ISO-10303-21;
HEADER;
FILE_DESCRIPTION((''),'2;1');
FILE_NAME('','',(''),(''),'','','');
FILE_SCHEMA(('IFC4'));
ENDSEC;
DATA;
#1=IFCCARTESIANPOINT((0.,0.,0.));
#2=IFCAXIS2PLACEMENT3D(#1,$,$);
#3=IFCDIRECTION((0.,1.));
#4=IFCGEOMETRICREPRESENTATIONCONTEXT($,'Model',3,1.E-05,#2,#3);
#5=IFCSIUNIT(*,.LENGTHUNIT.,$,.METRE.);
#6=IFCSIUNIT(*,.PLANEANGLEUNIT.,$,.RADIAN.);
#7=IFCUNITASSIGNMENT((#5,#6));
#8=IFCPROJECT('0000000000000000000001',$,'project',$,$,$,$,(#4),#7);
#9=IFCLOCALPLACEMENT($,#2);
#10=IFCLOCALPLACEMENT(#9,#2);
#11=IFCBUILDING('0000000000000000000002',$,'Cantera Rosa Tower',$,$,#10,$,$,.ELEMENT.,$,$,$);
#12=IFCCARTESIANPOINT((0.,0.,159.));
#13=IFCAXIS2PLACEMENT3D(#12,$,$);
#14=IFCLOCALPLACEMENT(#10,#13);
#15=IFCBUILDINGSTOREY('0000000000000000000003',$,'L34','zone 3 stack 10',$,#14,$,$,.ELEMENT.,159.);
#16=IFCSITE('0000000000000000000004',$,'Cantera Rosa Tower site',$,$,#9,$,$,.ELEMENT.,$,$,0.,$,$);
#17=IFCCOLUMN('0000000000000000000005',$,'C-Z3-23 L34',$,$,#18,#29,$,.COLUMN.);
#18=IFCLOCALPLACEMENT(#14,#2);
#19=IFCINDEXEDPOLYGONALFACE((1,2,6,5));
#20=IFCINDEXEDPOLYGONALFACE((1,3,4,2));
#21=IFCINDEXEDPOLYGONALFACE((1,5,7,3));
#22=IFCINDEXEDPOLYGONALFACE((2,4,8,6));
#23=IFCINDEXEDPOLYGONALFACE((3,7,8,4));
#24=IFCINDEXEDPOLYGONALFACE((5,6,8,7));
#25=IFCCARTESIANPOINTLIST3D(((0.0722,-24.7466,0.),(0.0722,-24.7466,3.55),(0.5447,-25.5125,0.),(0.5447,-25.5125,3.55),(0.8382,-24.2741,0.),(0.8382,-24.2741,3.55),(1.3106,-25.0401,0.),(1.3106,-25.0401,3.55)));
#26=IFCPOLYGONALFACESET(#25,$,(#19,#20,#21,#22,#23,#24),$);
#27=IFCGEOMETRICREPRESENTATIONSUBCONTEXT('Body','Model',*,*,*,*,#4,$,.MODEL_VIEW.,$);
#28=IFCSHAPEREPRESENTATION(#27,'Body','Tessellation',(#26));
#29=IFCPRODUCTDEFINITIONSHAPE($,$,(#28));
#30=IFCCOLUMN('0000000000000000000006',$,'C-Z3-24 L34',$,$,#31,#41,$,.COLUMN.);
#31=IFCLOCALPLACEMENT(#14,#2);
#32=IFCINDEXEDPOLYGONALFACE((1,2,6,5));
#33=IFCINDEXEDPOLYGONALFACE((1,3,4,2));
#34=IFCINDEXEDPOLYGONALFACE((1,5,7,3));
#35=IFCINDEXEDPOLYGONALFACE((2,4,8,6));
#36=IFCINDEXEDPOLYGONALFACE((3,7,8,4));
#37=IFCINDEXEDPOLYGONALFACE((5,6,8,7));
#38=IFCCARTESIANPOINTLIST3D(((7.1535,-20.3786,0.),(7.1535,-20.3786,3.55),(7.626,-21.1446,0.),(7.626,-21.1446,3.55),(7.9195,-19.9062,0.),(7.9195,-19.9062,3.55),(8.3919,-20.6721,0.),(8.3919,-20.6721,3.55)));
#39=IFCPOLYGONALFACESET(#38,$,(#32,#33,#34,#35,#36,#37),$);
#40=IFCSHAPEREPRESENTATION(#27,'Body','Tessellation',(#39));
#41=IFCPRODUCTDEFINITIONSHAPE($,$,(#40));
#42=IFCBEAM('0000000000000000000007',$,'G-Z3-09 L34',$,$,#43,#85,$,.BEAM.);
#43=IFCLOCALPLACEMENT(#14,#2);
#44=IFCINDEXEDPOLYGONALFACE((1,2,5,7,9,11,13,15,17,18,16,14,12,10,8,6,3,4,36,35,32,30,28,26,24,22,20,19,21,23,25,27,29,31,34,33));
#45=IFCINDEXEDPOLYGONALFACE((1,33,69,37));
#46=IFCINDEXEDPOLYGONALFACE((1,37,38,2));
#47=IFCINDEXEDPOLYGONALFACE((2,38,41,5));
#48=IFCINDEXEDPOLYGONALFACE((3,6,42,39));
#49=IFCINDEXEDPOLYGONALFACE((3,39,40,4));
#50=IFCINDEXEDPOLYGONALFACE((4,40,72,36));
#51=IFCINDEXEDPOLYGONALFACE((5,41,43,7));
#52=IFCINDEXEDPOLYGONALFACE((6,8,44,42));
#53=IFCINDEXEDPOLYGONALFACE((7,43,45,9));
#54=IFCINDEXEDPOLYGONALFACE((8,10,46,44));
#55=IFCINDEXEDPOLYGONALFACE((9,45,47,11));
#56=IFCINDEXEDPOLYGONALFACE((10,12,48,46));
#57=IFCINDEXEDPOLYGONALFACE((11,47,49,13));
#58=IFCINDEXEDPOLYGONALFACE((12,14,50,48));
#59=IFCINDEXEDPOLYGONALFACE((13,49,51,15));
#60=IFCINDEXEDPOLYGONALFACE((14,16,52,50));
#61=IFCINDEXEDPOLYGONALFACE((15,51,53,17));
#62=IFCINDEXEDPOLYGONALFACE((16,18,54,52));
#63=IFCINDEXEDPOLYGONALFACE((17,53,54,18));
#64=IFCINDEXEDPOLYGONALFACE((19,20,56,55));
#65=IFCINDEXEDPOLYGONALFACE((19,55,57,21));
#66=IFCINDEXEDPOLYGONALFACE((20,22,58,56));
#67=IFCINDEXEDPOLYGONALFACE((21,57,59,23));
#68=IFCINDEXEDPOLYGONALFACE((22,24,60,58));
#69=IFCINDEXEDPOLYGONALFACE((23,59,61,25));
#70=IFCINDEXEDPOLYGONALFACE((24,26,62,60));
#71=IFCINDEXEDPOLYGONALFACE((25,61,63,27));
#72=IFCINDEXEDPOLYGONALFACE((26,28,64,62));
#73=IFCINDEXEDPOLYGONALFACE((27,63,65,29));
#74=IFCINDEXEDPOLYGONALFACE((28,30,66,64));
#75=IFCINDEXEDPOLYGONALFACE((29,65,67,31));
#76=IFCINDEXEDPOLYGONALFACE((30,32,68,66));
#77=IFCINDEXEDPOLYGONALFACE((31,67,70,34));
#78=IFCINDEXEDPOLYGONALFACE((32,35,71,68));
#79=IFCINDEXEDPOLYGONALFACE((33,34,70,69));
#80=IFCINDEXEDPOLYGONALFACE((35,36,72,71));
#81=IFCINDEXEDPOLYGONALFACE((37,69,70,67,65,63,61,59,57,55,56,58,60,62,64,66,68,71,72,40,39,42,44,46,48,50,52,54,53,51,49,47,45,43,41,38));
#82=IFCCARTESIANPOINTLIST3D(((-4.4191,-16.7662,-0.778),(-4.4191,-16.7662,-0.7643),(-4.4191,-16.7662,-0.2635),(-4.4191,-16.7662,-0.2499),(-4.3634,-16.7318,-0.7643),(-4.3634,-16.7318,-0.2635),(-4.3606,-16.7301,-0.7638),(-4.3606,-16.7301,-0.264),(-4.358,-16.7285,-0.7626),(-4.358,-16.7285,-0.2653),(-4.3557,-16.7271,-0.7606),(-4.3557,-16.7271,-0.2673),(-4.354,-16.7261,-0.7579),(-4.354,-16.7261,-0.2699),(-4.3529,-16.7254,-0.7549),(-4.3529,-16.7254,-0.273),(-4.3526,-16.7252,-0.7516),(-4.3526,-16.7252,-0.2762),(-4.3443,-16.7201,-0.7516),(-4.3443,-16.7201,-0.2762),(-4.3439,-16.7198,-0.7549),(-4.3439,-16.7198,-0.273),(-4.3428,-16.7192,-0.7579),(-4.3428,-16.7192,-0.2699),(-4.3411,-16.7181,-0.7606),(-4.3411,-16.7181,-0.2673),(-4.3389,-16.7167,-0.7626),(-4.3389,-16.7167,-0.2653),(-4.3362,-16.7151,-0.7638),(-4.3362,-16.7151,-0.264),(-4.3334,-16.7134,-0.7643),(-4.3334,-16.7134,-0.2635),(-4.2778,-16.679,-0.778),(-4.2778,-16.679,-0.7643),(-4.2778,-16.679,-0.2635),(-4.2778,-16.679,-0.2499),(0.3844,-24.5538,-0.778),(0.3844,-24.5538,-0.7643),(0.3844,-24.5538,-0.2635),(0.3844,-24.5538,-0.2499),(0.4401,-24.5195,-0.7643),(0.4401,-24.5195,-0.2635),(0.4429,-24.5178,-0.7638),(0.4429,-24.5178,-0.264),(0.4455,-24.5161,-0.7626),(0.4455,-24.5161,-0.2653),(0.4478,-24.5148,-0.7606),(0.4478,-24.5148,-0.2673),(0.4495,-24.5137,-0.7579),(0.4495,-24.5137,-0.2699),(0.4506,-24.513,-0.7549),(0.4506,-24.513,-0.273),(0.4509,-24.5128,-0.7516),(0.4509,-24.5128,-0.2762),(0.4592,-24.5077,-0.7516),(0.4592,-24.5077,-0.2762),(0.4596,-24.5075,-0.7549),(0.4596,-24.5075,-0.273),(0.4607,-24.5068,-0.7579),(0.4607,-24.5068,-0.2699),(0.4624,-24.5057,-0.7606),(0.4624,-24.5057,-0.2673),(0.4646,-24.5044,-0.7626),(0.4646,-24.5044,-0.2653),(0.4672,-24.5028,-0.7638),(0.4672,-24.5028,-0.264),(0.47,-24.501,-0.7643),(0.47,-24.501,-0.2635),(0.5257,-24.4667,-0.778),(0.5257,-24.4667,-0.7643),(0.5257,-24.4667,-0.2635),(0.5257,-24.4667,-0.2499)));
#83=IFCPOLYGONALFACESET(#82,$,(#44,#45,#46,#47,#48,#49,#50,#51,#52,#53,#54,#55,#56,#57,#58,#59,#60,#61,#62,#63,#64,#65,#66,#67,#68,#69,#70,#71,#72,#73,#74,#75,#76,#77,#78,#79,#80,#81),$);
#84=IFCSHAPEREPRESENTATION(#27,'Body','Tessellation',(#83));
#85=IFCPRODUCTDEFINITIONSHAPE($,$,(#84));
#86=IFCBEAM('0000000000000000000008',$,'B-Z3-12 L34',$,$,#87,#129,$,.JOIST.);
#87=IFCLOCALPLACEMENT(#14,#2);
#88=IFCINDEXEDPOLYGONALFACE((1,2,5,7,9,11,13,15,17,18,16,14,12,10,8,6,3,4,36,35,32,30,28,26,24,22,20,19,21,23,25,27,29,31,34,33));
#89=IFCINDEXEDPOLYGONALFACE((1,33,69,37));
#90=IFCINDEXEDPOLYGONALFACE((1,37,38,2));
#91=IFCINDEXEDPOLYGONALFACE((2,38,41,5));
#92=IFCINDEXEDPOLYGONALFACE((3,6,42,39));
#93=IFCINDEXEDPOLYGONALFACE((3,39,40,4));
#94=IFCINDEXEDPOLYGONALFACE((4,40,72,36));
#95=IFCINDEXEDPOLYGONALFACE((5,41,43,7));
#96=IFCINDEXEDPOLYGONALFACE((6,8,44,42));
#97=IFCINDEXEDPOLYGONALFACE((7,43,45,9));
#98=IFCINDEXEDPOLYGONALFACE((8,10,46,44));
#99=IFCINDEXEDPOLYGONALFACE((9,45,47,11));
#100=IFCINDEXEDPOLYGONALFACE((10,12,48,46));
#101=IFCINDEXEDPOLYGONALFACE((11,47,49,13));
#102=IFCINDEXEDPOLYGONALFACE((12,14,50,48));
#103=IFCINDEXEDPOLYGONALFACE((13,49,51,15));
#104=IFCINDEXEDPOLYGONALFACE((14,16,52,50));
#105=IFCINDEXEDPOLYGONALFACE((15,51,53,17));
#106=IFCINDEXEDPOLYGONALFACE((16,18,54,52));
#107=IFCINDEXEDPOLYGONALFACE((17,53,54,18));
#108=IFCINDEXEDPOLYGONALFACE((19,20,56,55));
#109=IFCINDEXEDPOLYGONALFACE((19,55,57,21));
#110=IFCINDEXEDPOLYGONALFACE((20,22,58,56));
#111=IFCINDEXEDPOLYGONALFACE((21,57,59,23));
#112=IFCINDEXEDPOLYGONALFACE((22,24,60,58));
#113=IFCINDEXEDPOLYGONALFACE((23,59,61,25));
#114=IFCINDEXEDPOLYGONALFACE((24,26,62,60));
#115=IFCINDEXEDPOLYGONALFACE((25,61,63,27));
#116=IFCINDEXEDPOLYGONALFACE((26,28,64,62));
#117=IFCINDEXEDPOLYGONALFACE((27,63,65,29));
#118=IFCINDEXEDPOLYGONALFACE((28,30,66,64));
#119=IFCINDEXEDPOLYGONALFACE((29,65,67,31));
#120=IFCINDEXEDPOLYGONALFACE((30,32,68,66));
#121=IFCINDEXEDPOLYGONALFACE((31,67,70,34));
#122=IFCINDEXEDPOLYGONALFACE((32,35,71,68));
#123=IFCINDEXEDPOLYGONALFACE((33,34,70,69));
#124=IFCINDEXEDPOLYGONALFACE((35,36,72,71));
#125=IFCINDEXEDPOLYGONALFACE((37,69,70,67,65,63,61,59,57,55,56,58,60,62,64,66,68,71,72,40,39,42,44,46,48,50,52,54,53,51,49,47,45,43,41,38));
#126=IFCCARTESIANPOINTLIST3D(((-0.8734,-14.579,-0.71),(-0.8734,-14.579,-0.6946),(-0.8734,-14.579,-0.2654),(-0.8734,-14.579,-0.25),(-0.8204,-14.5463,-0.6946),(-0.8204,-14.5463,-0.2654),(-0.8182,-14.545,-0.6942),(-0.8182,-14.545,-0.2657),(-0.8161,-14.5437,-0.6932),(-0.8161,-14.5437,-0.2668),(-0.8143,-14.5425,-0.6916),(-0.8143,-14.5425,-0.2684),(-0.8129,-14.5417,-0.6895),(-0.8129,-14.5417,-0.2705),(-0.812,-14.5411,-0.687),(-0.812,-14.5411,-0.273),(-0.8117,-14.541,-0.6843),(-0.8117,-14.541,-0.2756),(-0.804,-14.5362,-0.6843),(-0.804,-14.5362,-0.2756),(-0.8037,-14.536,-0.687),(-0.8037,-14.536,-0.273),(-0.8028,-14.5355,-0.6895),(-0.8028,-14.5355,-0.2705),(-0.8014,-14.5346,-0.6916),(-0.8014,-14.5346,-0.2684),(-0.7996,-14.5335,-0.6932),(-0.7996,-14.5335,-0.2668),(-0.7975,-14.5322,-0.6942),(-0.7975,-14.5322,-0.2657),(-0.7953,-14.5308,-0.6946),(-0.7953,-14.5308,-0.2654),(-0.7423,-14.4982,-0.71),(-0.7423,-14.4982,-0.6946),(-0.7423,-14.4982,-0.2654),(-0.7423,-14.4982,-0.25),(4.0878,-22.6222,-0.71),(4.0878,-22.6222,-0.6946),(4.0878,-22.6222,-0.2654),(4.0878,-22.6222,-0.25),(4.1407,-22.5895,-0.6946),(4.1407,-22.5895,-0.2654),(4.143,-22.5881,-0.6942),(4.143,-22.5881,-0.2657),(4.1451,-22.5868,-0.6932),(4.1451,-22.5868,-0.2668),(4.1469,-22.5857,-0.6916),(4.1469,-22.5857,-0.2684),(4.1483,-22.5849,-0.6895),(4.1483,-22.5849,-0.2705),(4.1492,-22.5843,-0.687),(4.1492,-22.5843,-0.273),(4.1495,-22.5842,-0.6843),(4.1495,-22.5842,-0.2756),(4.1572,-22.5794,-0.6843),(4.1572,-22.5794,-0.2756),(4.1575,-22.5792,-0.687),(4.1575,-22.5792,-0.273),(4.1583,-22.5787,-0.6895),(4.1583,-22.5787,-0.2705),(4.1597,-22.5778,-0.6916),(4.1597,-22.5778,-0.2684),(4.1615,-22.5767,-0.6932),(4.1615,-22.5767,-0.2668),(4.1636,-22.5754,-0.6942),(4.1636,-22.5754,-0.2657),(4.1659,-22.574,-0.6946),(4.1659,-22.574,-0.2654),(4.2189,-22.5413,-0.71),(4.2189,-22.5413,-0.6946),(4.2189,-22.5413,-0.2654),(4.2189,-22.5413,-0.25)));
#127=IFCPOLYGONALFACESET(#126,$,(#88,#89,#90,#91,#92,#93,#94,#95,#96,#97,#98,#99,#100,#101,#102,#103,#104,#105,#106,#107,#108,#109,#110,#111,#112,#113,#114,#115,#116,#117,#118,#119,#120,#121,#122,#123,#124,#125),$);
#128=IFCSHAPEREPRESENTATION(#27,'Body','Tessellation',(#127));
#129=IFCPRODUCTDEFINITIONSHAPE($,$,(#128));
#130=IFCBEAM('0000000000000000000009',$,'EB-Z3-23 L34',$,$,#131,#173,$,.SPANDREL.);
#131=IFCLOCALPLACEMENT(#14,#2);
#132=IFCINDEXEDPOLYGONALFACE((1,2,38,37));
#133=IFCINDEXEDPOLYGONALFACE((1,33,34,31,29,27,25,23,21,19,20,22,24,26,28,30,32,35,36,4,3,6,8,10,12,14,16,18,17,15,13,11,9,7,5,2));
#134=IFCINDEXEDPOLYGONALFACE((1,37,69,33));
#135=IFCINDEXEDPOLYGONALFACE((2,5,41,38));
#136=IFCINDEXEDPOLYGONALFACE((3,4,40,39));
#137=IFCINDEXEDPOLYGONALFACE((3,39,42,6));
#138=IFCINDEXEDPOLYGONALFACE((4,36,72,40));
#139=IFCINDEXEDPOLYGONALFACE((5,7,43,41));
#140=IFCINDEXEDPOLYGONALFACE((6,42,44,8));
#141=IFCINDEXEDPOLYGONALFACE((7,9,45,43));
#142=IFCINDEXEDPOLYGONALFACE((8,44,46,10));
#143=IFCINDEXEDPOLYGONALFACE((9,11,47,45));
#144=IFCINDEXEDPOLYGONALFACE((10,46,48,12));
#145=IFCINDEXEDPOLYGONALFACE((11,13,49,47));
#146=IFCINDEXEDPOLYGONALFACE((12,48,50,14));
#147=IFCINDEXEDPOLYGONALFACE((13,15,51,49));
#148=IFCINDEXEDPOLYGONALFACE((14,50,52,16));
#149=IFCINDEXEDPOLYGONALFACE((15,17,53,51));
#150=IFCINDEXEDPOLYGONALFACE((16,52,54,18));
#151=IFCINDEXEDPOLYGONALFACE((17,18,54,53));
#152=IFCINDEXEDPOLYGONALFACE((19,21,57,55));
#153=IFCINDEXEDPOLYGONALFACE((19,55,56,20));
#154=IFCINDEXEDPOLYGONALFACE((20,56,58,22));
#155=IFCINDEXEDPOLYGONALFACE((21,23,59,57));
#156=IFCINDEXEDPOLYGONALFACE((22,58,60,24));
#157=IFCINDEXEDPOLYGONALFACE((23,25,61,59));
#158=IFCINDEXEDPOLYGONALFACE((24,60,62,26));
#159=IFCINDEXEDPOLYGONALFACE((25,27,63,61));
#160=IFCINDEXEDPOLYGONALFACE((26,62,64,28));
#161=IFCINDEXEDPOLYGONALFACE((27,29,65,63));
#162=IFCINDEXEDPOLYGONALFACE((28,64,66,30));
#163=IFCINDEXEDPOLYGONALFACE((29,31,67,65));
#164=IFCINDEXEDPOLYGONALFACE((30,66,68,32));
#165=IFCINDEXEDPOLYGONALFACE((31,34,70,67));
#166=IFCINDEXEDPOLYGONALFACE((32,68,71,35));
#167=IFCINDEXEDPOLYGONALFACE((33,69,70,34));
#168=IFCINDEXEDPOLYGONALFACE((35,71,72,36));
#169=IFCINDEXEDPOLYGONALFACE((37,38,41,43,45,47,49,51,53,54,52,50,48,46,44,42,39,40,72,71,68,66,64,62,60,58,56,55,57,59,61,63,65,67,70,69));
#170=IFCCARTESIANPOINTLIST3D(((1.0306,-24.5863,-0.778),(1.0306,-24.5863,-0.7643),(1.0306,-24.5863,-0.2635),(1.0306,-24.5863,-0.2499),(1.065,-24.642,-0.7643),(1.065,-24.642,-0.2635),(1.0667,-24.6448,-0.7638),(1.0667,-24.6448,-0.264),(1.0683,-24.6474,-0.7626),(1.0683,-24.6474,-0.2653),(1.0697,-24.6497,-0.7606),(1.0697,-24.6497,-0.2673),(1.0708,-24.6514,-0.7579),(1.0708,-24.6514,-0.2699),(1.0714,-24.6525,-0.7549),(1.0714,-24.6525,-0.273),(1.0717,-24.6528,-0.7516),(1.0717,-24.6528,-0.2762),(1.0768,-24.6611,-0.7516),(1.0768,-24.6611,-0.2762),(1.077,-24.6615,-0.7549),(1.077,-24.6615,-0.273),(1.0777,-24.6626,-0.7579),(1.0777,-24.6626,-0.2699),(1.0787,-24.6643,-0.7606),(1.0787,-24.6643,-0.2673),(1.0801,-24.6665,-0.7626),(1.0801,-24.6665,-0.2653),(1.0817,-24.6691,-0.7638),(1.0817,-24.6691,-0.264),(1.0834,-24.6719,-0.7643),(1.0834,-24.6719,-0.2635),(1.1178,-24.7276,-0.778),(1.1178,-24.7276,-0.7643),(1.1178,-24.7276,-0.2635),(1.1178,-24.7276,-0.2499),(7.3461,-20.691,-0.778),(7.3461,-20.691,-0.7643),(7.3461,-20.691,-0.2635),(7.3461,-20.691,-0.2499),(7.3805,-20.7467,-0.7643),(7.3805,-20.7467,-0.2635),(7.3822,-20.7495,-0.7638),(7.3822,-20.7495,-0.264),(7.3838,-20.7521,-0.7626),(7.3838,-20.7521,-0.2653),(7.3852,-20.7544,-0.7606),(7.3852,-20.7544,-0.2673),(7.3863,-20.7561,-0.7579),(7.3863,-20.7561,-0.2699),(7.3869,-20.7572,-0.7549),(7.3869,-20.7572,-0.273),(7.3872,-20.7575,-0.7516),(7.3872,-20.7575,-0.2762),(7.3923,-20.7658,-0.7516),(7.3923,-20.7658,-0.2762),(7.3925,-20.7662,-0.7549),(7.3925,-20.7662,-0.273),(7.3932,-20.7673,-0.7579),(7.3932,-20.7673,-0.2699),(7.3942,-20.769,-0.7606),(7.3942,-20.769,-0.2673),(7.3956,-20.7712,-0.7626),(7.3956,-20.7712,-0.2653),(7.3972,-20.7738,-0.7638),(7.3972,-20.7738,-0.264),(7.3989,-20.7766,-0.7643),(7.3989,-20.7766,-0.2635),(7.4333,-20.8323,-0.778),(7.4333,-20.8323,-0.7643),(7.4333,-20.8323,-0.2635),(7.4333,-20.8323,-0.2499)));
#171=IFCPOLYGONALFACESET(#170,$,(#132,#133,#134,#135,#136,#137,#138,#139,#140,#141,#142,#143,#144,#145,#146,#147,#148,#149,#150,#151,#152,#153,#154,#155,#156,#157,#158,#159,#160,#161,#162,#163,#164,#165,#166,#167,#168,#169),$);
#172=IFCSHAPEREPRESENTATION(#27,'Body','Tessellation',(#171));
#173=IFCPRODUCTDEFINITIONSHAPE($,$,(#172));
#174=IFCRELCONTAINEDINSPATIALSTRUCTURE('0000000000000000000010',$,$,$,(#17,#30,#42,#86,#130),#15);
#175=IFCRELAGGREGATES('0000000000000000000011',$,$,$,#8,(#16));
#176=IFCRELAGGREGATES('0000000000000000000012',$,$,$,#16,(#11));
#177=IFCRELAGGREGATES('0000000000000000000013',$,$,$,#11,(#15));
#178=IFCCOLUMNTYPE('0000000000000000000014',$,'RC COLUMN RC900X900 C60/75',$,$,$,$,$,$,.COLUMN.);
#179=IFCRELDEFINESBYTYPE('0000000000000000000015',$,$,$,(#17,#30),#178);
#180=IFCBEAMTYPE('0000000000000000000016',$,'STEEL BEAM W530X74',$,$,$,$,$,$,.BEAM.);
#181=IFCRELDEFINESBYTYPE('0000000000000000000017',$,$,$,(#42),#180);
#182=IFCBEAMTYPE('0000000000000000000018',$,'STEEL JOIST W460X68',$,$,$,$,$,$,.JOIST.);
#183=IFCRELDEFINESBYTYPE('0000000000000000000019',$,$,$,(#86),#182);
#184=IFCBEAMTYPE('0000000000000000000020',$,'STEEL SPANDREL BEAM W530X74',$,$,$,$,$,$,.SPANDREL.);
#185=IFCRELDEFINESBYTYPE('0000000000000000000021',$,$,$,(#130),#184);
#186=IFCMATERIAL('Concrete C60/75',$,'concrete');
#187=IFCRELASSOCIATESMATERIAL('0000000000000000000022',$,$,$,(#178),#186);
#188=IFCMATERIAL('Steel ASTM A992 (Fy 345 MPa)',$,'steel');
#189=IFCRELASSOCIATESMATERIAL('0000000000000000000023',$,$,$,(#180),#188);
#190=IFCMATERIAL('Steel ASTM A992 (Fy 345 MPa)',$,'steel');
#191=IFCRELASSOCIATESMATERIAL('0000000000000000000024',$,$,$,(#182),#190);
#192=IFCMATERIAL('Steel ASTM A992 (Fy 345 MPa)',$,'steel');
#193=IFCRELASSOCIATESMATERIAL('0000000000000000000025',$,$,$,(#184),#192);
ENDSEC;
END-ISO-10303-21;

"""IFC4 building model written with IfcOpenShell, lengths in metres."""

from ifc_helpers import new_model, si_unit, direction, frame, origin, origin_2d, place, context, subcontext, project, spatial, rectangle, i_section, extrude, material, material_profile, profile_set, type_object, element, save


model = new_model("IFC4")

# Units and contexts
model_context = context("Model", 3, precision=1e-05, world=origin(), true_north=direction((0.0, 1.0)))
body_context = subcontext(model_context, "Body", "Model", "MODEL_VIEW")
ifc_project = project(units=[si_unit("LENGTHUNIT", "METRE"), si_unit("PLANEANGLEUNIT", "RADIAN")], contexts=[model_context])

# Site, building, storey
site_placement = place(None, origin())
site = spatial("IfcSite", under=ifc_project, at=site_placement, Name="Cantera Rosa Tower site", CompositionType="ELEMENT", RefElevation=0.0)
building_placement = place(site_placement, origin())
building = spatial("IfcBuilding", under=site, at=building_placement, Name="Cantera Rosa Tower", CompositionType="ELEMENT")
storey_placement = place(building_placement, frame((0.0, 0.0, 159.0)))
storey = spatial("IfcBuildingStorey", under=building, at=storey_placement, Name="L34", Description="zone 3 stack 10", CompositionType="ELEMENT", Elevation=159.0)

# Columns
ifc_material_1 = material(Name="Concrete C60/75", Category="concrete")
ifc_material_profile_1 = material_profile(ifc_material_1, rectangle(XDim=0.8999, YDim=0.8999, at=origin_2d()), Name="RC COLUMN RC900X900 C60/75")
ifc_profile_set_1 = profile_set([ifc_material_profile_1], Name="Concrete C60/75")
column_type = type_object("IfcColumnType", Name="RC COLUMN RC900X900 C60/75", PredefinedType="COLUMN", material=ifc_profile_set_1)
for number, where, z_axis, x_axis, name in (
    (1, (0.6914, -24.8933, 0.0), (0.0, 0.0, 1.0), (0.851117, 0.524977, 0.0), "C-Z3-23 L34"),
    (2, (7.7727, -20.5254, 0.0), (0.0, 0.0, 1.0), (0.851117, 0.524977, 0.0), "C-Z3-24 L34"),
):
    element("IfcColumn", number, at=place(storey_placement, frame(where, z_axis=z_axis, x_axis=x_axis)), inside=storey, type_object=column_type, Name=name, PredefinedType="COLUMN", context=body_context, shape_type="SweptSolid", body=[
        extrude(rectangle(XDim=0.8999, YDim=0.8999, at=origin_2d()), origin(), (0.0, 0.0, 1.0), 3.55),
    ])

# Beams
ifc_material_2 = material(Name="Steel ASTM A992 (Fy 345 MPa)", Category="steel")
ifc_material_profile_2 = material_profile(ifc_material_2, i_section(OverallWidth=0.166, OverallDepth=0.5281, WebThickness=0.0098, FlangeThickness=0.0137, FilletRadius=0.0127, at=origin_2d()), Name="W530X74")
ifc_profile_set_2 = profile_set([ifc_material_profile_2], Name="Steel ASTM A992 (Fy 345 MPa)")
beam_type_1 = type_object("IfcBeamType", Name="STEEL BEAM W530X74", PredefinedType="BEAM", material=ifc_profile_set_2)
beam_1_placement = place(storey_placement, frame((0.4551, -24.5103, -0.5139), z_axis=(-0.524977, 0.851116, 0.0), x_axis=(-0.851116, -0.524977, 0.0)))
element("IfcBeam", 3, at=beam_1_placement, inside=storey, type_object=beam_type_1, Name="G-Z3-09 L34", PredefinedType="BEAM", context=body_context, shape_type="SweptSolid", body=[
    extrude(i_section(OverallWidth=0.166, OverallDepth=0.5281, WebThickness=0.0098, FlangeThickness=0.0137, FilletRadius=0.0127, at=origin_2d()), origin(), (0.0, 0.0, 1.0), 9.1499),
])
ifc_material_3 = material(Name="Steel ASTM A992 (Fy 345 MPa)", Category="steel")
ifc_material_profile_3 = material_profile(ifc_material_3, i_section(OverallWidth=0.1541, OverallDepth=0.46, WebThickness=0.009, FlangeThickness=0.0154, FilletRadius=0.0103, at=origin_2d()), Name="W460X68")
ifc_profile_set_3 = profile_set([ifc_material_profile_3], Name="Steel ASTM A992 (Fy 345 MPa)")
beam_type_2 = type_object("IfcBeamType", Name="STEEL JOIST W460X68", PredefinedType="JOIST", material=ifc_profile_set_3)
beam_2_placement = place(storey_placement, frame((4.1533, -22.5818, -0.48), z_axis=(-0.524981, 0.851114, 0.0), x_axis=(-0.851114, -0.524981, 0.0)))
element("IfcBeam", 4, at=beam_2_placement, inside=storey, type_object=beam_type_2, Name="B-Z3-12 L34", PredefinedType="JOIST", context=body_context, shape_type="SweptSolid", body=[
    extrude(i_section(OverallWidth=0.1541, OverallDepth=0.46, WebThickness=0.009, FlangeThickness=0.0154, FilletRadius=0.0103, at=origin_2d()), origin(), (0.0, 0.0, 1.0), 9.4502),
])
ifc_material_4 = material(Name="Steel ASTM A992 (Fy 345 MPa)", Category="steel")
ifc_material_profile_4 = material_profile(ifc_material_4, i_section(OverallWidth=0.166, OverallDepth=0.5281, WebThickness=0.0098, FlangeThickness=0.0137, FilletRadius=0.0127, at=origin_2d()), Name="W530X74")
ifc_profile_set_4 = profile_set([ifc_material_profile_4], Name="Steel ASTM A992 (Fy 345 MPa)")
beam_type_3 = type_object("IfcBeamType", Name="STEEL SPANDREL BEAM W530X74", PredefinedType="SPANDREL", material=ifc_profile_set_4)
for number, where, z_axis, x_axis, name in (
    (5, (1.0742, -24.657, -0.5139), (0.851126, 0.524962, 0.0), (-0.524962, 0.851126, 0.0), "EB-Z3-23 L34"),
):
    element("IfcBeam", number, at=place(storey_placement, frame(where, z_axis=z_axis, x_axis=x_axis)), inside=storey, type_object=beam_type_3, Name=name, PredefinedType="SPANDREL", context=body_context, shape_type="SweptSolid", body=[
        extrude(i_section(OverallWidth=0.166, OverallDepth=0.5281, WebThickness=0.0098, FlangeThickness=0.0137, FilletRadius=0.0127, at=origin_2d()), origin(), (0.0, 0.0, 1.0), 7.4202),
    ])

save(model, "model.ifc")
